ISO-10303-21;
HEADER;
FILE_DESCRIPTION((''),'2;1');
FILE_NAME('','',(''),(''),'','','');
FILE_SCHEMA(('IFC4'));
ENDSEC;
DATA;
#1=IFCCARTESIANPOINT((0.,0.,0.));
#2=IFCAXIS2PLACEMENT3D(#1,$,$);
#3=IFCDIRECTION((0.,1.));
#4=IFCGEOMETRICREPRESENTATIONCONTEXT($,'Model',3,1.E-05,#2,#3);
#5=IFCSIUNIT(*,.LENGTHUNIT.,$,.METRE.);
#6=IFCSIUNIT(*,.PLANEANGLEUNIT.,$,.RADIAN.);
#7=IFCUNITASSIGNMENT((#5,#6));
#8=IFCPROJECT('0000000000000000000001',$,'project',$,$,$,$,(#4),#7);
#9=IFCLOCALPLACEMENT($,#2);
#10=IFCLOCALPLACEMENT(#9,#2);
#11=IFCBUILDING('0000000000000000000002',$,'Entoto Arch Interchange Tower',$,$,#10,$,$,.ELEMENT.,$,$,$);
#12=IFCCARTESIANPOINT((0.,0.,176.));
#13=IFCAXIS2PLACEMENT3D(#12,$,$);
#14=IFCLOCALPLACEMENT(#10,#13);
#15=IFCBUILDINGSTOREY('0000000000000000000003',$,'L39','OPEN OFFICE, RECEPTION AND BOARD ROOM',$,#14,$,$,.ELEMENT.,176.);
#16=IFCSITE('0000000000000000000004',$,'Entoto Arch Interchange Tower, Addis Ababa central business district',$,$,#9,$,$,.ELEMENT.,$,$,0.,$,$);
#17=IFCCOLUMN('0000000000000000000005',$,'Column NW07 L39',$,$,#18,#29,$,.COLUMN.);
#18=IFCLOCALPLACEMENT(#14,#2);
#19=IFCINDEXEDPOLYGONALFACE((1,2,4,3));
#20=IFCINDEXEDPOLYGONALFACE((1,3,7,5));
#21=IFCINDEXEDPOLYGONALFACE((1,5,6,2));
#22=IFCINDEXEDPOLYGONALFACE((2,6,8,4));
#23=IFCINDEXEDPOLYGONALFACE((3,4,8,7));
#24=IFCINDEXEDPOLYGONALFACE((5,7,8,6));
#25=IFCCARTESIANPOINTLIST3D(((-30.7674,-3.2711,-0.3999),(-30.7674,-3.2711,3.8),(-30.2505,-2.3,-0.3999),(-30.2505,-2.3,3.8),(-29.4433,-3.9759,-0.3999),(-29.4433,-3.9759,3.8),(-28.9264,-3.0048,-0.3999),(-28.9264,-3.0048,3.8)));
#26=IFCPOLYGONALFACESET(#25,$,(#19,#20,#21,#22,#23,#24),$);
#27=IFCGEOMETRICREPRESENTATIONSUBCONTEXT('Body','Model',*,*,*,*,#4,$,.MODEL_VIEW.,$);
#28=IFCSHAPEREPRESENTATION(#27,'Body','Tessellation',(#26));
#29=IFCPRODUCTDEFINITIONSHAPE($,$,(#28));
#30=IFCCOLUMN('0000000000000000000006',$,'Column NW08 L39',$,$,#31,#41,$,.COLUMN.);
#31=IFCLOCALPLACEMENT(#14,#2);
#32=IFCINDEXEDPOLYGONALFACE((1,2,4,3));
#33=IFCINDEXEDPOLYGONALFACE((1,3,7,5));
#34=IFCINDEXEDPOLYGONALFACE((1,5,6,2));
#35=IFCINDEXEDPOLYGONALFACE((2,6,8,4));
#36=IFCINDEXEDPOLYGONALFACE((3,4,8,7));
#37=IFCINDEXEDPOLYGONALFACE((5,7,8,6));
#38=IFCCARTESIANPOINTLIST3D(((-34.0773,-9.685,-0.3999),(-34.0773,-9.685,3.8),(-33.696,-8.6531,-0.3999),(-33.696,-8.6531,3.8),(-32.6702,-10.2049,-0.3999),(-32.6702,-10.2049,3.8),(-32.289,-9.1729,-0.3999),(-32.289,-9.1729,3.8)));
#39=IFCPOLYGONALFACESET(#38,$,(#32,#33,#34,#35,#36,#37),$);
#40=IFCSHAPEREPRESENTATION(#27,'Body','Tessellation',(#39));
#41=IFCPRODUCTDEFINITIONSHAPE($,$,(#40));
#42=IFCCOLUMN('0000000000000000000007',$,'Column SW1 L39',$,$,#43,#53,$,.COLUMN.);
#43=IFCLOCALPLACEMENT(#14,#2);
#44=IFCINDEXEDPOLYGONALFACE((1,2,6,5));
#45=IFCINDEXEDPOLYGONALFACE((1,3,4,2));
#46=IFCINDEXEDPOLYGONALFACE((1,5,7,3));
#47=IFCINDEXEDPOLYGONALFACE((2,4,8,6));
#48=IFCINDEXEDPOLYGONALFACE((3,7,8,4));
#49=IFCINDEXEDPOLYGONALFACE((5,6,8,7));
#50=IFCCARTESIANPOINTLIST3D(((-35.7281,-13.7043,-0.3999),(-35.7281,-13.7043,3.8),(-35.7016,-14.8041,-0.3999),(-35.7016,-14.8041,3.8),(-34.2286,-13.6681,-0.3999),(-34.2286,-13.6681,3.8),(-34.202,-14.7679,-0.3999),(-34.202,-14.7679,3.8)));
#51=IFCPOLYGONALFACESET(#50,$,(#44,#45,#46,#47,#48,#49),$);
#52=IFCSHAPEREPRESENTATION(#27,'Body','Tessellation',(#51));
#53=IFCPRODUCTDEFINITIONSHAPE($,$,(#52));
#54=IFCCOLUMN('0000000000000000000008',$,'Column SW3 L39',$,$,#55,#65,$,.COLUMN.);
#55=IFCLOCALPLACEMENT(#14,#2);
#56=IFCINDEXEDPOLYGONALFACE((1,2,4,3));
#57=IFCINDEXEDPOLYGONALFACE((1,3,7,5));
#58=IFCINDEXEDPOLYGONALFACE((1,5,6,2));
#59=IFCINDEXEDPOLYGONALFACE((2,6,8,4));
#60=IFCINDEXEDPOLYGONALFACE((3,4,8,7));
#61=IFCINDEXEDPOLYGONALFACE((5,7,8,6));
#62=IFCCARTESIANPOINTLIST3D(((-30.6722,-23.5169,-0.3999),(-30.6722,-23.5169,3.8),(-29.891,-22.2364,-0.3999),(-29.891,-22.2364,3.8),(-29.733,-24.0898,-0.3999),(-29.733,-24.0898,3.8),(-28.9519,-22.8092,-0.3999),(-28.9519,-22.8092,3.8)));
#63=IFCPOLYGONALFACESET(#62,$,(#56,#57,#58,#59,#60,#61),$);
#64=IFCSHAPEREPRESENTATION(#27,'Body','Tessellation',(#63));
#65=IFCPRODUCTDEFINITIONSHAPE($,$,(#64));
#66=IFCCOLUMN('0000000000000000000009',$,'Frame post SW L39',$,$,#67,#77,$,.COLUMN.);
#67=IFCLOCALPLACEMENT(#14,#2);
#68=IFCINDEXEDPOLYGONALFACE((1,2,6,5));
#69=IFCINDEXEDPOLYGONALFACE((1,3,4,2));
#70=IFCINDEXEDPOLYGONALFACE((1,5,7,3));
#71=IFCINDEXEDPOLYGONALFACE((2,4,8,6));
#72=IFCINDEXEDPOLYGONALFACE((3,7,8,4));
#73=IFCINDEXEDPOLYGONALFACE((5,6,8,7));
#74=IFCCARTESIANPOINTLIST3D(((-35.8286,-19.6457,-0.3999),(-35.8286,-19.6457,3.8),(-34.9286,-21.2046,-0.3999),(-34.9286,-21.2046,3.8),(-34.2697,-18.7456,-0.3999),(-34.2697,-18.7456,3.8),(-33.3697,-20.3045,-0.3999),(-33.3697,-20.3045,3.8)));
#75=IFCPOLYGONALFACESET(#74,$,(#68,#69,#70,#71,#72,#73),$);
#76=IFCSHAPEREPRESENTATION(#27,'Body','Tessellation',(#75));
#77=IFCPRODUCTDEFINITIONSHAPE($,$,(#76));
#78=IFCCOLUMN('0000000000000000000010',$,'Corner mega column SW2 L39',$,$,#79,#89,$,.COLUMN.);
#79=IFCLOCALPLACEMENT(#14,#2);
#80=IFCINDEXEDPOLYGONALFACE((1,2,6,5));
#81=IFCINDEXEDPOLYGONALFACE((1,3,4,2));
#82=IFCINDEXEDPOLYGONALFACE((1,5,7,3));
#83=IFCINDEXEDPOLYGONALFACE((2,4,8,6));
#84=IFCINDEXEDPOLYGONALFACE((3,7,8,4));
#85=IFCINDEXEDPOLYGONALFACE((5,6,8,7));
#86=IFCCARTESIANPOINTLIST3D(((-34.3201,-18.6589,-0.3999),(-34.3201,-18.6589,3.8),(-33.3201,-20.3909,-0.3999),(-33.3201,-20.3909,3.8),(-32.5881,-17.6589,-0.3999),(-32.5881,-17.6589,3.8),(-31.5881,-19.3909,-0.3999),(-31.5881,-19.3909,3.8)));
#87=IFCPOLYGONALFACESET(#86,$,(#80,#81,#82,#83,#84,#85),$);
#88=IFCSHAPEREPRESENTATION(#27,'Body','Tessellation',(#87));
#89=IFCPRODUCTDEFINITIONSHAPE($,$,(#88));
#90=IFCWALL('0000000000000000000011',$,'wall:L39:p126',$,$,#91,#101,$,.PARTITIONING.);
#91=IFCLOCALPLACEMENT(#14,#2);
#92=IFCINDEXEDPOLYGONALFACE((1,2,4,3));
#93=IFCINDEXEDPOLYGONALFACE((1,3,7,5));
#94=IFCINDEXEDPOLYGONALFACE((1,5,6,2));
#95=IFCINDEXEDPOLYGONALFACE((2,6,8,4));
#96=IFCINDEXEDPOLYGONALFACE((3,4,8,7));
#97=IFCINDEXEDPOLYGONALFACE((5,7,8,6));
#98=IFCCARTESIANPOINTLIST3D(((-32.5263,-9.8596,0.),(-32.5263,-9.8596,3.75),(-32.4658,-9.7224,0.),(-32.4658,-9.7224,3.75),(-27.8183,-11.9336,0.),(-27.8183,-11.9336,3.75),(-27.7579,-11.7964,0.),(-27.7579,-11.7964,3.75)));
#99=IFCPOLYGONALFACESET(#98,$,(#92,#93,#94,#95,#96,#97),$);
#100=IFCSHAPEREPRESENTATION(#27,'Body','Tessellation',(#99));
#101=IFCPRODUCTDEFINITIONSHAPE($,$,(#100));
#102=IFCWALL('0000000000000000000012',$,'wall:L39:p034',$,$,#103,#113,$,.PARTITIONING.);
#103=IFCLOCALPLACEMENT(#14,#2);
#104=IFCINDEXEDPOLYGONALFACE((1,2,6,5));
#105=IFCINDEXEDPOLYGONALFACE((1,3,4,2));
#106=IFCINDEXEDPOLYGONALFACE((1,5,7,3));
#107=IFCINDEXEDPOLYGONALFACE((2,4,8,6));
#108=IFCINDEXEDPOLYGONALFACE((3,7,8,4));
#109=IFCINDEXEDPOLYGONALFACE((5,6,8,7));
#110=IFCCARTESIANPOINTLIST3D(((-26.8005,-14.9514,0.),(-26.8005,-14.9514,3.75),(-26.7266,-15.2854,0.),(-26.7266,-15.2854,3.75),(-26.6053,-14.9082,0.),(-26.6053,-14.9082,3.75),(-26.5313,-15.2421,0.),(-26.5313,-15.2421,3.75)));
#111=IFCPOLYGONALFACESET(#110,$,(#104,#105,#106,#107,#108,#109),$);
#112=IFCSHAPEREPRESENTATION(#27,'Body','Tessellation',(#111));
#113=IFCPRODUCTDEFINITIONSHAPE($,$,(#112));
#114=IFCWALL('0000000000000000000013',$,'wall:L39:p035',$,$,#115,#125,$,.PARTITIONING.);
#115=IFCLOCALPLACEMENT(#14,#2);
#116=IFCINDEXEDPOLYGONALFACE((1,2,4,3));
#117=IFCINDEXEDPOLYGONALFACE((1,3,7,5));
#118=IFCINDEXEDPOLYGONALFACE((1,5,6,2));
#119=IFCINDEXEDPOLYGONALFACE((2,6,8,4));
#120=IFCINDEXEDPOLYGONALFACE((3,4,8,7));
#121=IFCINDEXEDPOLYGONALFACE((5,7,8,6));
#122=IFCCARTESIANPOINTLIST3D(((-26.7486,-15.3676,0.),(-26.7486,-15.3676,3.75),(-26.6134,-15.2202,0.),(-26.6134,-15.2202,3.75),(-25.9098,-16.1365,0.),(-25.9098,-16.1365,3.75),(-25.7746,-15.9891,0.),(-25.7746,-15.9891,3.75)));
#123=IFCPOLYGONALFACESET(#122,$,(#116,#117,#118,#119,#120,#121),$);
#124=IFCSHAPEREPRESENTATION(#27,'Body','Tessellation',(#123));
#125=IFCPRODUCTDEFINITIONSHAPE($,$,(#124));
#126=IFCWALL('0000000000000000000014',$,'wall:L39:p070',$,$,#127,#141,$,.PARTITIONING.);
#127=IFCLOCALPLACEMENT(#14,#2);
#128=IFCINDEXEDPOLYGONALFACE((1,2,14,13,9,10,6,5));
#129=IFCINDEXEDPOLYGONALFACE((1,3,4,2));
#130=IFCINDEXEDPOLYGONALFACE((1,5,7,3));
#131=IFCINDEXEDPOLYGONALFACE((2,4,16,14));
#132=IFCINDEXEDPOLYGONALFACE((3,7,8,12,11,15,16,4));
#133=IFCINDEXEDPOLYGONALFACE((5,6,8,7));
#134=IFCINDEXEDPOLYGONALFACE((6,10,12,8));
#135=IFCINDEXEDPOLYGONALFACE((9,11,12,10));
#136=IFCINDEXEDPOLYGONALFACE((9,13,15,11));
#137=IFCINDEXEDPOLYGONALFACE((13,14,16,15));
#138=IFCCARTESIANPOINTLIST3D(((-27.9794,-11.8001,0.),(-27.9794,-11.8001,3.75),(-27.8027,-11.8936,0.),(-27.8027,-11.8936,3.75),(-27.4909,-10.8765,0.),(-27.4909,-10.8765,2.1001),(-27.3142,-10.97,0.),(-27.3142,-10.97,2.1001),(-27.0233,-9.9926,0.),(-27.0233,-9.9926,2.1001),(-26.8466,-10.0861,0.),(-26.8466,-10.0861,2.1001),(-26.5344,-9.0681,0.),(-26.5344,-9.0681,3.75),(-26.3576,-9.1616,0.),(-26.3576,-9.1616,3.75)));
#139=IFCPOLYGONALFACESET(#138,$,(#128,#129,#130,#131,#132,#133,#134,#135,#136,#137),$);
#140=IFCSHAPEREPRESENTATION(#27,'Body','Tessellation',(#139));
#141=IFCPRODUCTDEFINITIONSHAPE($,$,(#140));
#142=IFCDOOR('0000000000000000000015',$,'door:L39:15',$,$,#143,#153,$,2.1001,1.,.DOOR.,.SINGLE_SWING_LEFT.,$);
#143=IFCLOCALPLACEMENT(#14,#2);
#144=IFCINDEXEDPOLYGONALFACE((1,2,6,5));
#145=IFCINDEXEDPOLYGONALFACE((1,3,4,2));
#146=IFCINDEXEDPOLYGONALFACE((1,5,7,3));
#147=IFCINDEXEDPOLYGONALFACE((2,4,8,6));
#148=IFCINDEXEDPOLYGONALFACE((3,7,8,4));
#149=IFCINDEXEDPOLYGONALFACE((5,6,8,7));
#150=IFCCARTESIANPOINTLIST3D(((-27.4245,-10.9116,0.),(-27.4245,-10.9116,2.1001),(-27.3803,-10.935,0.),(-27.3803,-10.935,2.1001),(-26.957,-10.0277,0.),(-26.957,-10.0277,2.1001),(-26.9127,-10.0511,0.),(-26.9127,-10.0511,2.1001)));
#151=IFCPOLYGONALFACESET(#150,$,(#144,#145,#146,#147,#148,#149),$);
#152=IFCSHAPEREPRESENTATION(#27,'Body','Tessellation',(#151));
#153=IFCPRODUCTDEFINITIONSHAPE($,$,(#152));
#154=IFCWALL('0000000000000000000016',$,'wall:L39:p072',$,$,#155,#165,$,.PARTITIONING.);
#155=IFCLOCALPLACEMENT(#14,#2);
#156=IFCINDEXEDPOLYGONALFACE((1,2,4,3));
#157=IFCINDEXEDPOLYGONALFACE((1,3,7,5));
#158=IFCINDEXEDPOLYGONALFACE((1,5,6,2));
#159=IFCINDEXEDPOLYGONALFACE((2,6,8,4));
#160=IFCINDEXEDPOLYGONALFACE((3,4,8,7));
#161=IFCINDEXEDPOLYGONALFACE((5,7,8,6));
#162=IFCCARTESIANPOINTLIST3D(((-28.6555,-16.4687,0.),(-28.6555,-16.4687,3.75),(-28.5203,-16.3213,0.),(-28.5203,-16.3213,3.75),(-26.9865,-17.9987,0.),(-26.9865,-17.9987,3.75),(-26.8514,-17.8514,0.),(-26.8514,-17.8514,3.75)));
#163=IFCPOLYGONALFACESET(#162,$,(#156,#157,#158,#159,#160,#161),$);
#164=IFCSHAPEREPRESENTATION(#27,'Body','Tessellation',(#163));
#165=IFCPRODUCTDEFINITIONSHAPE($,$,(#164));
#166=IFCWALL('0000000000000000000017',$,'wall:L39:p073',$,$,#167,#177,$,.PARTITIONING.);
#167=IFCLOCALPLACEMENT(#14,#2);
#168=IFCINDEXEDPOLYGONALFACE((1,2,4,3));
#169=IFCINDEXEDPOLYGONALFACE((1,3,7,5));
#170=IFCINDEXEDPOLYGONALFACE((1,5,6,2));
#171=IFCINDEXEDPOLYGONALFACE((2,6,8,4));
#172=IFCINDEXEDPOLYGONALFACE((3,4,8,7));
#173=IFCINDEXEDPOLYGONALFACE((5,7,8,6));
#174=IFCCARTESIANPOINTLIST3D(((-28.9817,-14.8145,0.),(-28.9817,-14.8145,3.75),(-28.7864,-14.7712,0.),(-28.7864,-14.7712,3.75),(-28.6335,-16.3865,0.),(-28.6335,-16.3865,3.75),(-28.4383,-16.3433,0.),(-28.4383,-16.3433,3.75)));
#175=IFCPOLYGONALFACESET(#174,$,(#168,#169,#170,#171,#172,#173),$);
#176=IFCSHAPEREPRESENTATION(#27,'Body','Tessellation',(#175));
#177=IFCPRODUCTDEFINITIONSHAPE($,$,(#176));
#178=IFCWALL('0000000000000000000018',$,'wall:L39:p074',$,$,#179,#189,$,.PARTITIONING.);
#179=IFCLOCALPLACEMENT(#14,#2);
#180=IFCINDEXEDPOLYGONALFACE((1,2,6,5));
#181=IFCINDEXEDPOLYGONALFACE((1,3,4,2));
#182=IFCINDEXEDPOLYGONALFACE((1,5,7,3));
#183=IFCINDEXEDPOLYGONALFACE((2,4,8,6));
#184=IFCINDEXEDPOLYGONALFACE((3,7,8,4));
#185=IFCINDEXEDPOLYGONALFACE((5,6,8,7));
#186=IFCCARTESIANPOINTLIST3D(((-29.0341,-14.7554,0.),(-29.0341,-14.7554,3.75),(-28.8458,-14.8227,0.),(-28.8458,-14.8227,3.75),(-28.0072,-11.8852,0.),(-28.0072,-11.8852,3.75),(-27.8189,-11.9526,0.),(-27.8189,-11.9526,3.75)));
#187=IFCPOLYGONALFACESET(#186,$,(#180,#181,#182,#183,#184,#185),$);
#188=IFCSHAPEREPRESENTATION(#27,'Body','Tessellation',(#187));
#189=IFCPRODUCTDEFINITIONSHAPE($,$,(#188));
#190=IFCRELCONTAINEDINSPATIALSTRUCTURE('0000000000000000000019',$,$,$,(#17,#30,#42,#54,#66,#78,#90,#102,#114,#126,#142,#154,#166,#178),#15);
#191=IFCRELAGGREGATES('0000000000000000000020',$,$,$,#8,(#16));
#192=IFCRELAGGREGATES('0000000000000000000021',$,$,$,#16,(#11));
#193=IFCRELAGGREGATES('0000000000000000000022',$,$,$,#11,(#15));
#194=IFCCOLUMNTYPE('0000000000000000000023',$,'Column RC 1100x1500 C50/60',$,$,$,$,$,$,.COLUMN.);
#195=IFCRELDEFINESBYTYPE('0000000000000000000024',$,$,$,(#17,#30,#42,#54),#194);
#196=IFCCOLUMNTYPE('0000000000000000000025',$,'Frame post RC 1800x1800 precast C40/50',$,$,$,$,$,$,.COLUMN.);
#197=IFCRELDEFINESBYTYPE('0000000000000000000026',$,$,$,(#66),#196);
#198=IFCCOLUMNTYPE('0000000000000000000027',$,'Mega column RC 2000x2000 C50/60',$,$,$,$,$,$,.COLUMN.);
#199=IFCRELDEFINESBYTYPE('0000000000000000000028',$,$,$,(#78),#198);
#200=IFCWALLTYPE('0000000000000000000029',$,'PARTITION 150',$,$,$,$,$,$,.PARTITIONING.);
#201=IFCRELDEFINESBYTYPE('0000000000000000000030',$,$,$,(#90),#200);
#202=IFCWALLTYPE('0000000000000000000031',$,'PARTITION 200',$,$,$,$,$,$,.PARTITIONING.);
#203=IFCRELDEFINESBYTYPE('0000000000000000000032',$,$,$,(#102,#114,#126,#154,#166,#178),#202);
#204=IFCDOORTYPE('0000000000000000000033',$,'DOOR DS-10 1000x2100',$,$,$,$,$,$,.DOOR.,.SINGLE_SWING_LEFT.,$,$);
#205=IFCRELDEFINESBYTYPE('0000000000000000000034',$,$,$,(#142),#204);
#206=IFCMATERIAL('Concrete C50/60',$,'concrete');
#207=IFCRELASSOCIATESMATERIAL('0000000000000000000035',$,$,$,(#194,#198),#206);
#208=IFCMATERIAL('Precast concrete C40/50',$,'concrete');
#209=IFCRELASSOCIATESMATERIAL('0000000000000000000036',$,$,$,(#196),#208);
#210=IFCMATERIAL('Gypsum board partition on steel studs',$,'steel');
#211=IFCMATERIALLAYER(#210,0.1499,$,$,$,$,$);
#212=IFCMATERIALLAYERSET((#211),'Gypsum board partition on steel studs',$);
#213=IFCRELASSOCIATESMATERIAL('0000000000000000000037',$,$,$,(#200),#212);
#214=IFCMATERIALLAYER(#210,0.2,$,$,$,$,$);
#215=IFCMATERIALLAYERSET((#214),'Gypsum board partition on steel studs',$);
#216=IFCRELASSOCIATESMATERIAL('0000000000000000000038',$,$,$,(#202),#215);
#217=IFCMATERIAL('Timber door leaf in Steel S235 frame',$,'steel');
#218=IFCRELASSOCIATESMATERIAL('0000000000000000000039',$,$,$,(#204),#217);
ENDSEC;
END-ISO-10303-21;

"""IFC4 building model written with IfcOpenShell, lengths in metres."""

from ifc_helpers import new_model, si_unit, direction, frame, frame_2d, origin, origin_2d, place, context, subcontext, project, spatial, rectangle, extrude, material, layer, layer_set, material_profile, profile_set, type_object, element, fill, save


model = new_model("IFC4")

# Units and contexts
model_context = context("Model", 3, precision=1e-05, world=origin(), true_north=direction((0.0, 1.0)))
body_context = subcontext(model_context, "Body", "Model", "MODEL_VIEW")
ifc_project = project(units=[si_unit("LENGTHUNIT", "METRE"), si_unit("PLANEANGLEUNIT", "RADIAN")], contexts=[model_context])

# Site, building, storey
site_placement = place(None, origin())
site = spatial("IfcSite", under=ifc_project, at=site_placement, Name="Entoto Arch Interchange Tower, Addis Ababa central business district", CompositionType="ELEMENT", RefElevation=0.0)
building_placement = place(site_placement, origin())
building = spatial("IfcBuilding", under=site, at=building_placement, Name="Entoto Arch Interchange Tower", CompositionType="ELEMENT")
storey_placement = place(building_placement, frame((0.0, 0.0, 176.0)))
storey = spatial("IfcBuildingStorey", under=building, at=storey_placement, Name="L39", Description="OPEN OFFICE, RECEPTION AND BOARD ROOM", CompositionType="ELEMENT", Elevation=176.0)

# Columns
ifc_material_1 = material(Name="Concrete C50/60", Category="concrete")
ifc_material_profile_1 = material_profile(ifc_material_1, rectangle(XDim=1.1001, YDim=1.5, at=origin_2d()))
ifc_profile_set_1 = profile_set([ifc_material_profile_1], Name="Concrete C50/60")
column_type_1 = type_object("IfcColumnType", Name="Column RC 1100x1500 C50/60", PredefinedType="COLUMN", material=ifc_profile_set_1)
for number, where, z_axis, x_axis, name in (
    (1, (-29.8469, -3.1379, -0.3999), (0.0, 0.0, 1.0), (0.469857, 0.882743, 0.0), "Column NW07 L39"),
    (2, (-33.1831, -9.429, -0.3999), (0.0, 0.0, 1.0), (0.346592, 0.938016, 0.0), "Column NW08 L39"),
    (3, (-34.9651, -14.2361, -0.3999), (0.0, 0.0, 1.0), (-0.024118, 0.999709, 0.0), "Column SW1 L39"),
    (4, (-29.812, -23.1631, -0.3999), (0.0, 0.0, 1.0), (-0.853714, 0.520741, 0.0), "Column SW3 L39"),
):
    element("IfcColumn", number, at=place(storey_placement, frame(where, z_axis=z_axis, x_axis=x_axis)), inside=storey, type_object=column_type_1, Name=name, PredefinedType="COLUMN", context=body_context, shape_type="SweptSolid", body=[
        extrude(rectangle(XDim=1.1001, YDim=1.5, at=origin_2d()), origin(), (0.0, 0.0, 1.0), 4.2),
    ])
ifc_material_2 = material(Name="Precast concrete C40/50", Category="concrete")
ifc_material_profile_2 = material_profile(ifc_material_2, rectangle(XDim=1.8, YDim=1.8, at=origin_2d()))
ifc_profile_set_2 = profile_set([ifc_material_profile_2], Name="Precast concrete C40/50")
column_type_2 = type_object("IfcColumnType", Name="Frame post RC 1800x1800 precast C40/50", PredefinedType="COLUMN", material=ifc_profile_set_2)
column_1_placement = place(storey_placement, frame((-34.5991, -19.9751, -0.3999), z_axis=(0.0, 0.0, 1.0), x_axis=(0.866025, 0.5, 0.0)))
element("IfcColumn", 5, at=column_1_placement, inside=storey, type_object=column_type_2, Name="Frame post SW L39", PredefinedType="COLUMN", context=body_context, shape_type="SweptSolid", body=[
    extrude(rectangle(XDim=1.8, YDim=1.8, at=origin_2d()), origin(), (0.0, 0.0, 1.0), 4.2),
])
ifc_material_profile_3 = material_profile(ifc_material_1, rectangle(XDim=2.0, YDim=2.0, at=origin_2d()))
ifc_profile_set_3 = profile_set([ifc_material_profile_3], Name="Concrete C50/60")
column_type_3 = type_object("IfcColumnType", Name="Mega column RC 2000x2000 C50/60", PredefinedType="COLUMN", material=ifc_profile_set_3)
column_2_placement = place(storey_placement, frame((-32.9541, -19.0249, -0.3999), z_axis=(0.0, 0.0, 1.0), x_axis=(0.866025, 0.5, 0.0)))
element("IfcColumn", 6, at=column_2_placement, inside=storey, type_object=column_type_3, Name="Corner mega column SW2 L39", PredefinedType="COLUMN", context=body_context, shape_type="SweptSolid", body=[
    extrude(rectangle(XDim=2.0, YDim=2.0, at=origin_2d()), origin(), (0.0, 0.0, 1.0), 4.2),
])

# Walls
ifc_material_3 = material(Name="Gypsum board partition on steel studs", Category="steel")
ifc_layer_1 = layer(ifc_material_3, 0.1499)
ifc_layer_set_1 = layer_set([ifc_layer_1], Name="Gypsum board partition on steel studs")
wall_type_1 = type_object("IfcWallType", Name="PARTITION 150", PredefinedType="PARTITIONING", material=ifc_layer_set_1)
wall_1_placement = place(storey_placement, frame((-27.7881, -11.865, 0.0), z_axis=(0.0, 0.0, 1.0), x_axis=(-0.915139, 0.403138, 0.0)))
element("IfcWall", 7, at=wall_1_placement, inside=storey, type_object=wall_type_1, Name="wall:L39:p126", PredefinedType="PARTITIONING", context=body_context, shape_type="SweptSolid", body=[
    extrude(rectangle(XDim=5.1445, YDim=0.1499, at=frame_2d((2.5723, 0.0))), origin(), (0.0, 0.0, 1.0), 3.75),
])
ifc_layer_2 = layer(ifc_material_3, 0.2)
ifc_layer_set_2 = layer_set([ifc_layer_2], Name="Gypsum board partition on steel studs")
wall_type_2 = type_object("IfcWallType", Name="PARTITION 200", PredefinedType="PARTITIONING", material=ifc_layer_set_2)
wall_2_placement = place(storey_placement, frame((-26.7029, -14.9299, 0.0), z_axis=(0.0, 0.0, 1.0), x_axis=(0.21625, -0.976338, 0.0)))
element("IfcWall", 8, at=wall_2_placement, inside=storey, type_object=wall_type_2, Name="wall:L39:p034", PredefinedType="PARTITIONING", context=body_context, shape_type="SweptSolid", body=[
    extrude(rectangle(XDim=0.342, YDim=0.2, at=frame_2d((0.1709, 0.0))), origin(), (0.0, 0.0, 1.0), 3.75),
])
wall_3_placement = place(storey_placement, frame((-26.6809, -15.2939, 0.0), z_axis=(0.0, 0.0, 1.0), x_axis=(0.737119, -0.675763, 0.0)))
element("IfcWall", 9, at=wall_3_placement, inside=storey, type_object=wall_type_2, Name="wall:L39:p035", PredefinedType="PARTITIONING", context=body_context, shape_type="SweptSolid", body=[
    extrude(rectangle(XDim=1.1379, YDim=0.2, at=frame_2d((0.5688, 0.0))), origin(), (0.0, 0.0, 1.0), 3.75),
])

# Wall, opening, door
wall_4_placement = place(storey_placement, frame((-27.8911, -11.8469, 0.0), z_axis=(0.0, 0.0, 1.0), x_axis=(0.467572, 0.883955, 0.0)))
wall_4 = element("IfcWall", 10, at=wall_4_placement, inside=storey, type_object=wall_type_2, Name="wall:L39:p070", PredefinedType="PARTITIONING", context=body_context, shape_type="SweptSolid", body=[
    extrude(rectangle(XDim=3.0906, YDim=0.2, at=frame_2d((1.5454, 0.0))), origin(), (0.0, 0.0, 1.0), 3.75),
])
opening_1_placement = place(wall_4_placement, frame((1.0449, 0.0, 0.0)))
opening_1 = element("IfcOpeningElement", 11, at=opening_1_placement, cuts=wall_4, PredefinedType="OPENING", context=body_context, shape_type="SweptSolid", body=[
    extrude(rectangle(XDim=1.0, YDim=2.1001, at=frame_2d((0.5, 1.05))), frame((0.0, 0.1099, 0.0), z_axis=(0.0, -1.0, 0.0), x_axis=(1.0, 0.0, 0.0)), (0.0, 0.0, 1.0), 0.22),
])
ifc_material_4 = material(Name="Timber door leaf in Steel S235 frame", Category="steel")
door_type = type_object("IfcDoorType", Name="DOOR DS-10 1000x2100", OperationType="SINGLE_SWING_LEFT", PredefinedType="DOOR", material=ifc_material_4)
door_placement = place(opening_1_placement, origin())
door = element("IfcDoor", 12, at=door_placement, inside=storey, type_object=door_type, Name="door:L39:15", OperationType="SINGLE_SWING_LEFT", OverallHeight=2.1001, OverallWidth=1.0, PredefinedType="DOOR", context=body_context, shape_type="SweptSolid", body=[
    extrude(rectangle(XDim=1.0, YDim=2.1001, at=frame_2d((0.5, 1.05))), frame((0.0, 0.0249, 0.0), z_axis=(0.0, -1.0, 0.0), x_axis=(1.0, 0.0, 0.0)), (0.0, 0.0, 1.0), 0.05),
])
fill(opening_1, door)

# Walls
wall_5_placement = place(storey_placement, frame((-26.9189, -17.925, 0.0), z_axis=(0.0, 0.0, 1.0), x_axis=(-0.737118, 0.675764, 0.0)))
element("IfcWall", 13, at=wall_5_placement, inside=storey, type_object=wall_type_2, Name="wall:L39:p072", PredefinedType="PARTITIONING", context=body_context, shape_type="SweptSolid", body=[
    extrude(rectangle(XDim=2.2642, YDim=0.2, at=frame_2d((1.1321, 0.0))), origin(), (0.0, 0.0, 1.0), 3.75),
])
wall_6_placement = place(storey_placement, frame((-28.5359, -16.365, 0.0), z_axis=(0.0, 0.0, 1.0), x_axis=(-0.216224, 0.976344, 0.0)))
element("IfcWall", 14, at=wall_6_placement, inside=storey, type_object=wall_type_2, Name="wall:L39:p073", PredefinedType="PARTITIONING", context=body_context, shape_type="SweptSolid", body=[
    extrude(rectangle(XDim=1.6101, YDim=0.2, at=frame_2d((0.8052, 0.0))), origin(), (0.0, 0.0, 1.0), 3.75),
])
wall_7_placement = place(storey_placement, frame((-28.9399, -14.7891, 0.0), z_axis=(0.0, 0.0, 1.0), x_axis=(0.336864, 0.941553, 0.0)))
element("IfcWall", 15, at=wall_7_placement, inside=storey, type_object=wall_type_2, Name="wall:L39:p074", PredefinedType="PARTITIONING", context=body_context, shape_type="SweptSolid", body=[
    extrude(rectangle(XDim=3.0483, YDim=0.2, at=frame_2d((1.5242, 0.0))), origin(), (0.0, 0.0, 1.0), 3.75),
])

save(model, "model.ifc")
